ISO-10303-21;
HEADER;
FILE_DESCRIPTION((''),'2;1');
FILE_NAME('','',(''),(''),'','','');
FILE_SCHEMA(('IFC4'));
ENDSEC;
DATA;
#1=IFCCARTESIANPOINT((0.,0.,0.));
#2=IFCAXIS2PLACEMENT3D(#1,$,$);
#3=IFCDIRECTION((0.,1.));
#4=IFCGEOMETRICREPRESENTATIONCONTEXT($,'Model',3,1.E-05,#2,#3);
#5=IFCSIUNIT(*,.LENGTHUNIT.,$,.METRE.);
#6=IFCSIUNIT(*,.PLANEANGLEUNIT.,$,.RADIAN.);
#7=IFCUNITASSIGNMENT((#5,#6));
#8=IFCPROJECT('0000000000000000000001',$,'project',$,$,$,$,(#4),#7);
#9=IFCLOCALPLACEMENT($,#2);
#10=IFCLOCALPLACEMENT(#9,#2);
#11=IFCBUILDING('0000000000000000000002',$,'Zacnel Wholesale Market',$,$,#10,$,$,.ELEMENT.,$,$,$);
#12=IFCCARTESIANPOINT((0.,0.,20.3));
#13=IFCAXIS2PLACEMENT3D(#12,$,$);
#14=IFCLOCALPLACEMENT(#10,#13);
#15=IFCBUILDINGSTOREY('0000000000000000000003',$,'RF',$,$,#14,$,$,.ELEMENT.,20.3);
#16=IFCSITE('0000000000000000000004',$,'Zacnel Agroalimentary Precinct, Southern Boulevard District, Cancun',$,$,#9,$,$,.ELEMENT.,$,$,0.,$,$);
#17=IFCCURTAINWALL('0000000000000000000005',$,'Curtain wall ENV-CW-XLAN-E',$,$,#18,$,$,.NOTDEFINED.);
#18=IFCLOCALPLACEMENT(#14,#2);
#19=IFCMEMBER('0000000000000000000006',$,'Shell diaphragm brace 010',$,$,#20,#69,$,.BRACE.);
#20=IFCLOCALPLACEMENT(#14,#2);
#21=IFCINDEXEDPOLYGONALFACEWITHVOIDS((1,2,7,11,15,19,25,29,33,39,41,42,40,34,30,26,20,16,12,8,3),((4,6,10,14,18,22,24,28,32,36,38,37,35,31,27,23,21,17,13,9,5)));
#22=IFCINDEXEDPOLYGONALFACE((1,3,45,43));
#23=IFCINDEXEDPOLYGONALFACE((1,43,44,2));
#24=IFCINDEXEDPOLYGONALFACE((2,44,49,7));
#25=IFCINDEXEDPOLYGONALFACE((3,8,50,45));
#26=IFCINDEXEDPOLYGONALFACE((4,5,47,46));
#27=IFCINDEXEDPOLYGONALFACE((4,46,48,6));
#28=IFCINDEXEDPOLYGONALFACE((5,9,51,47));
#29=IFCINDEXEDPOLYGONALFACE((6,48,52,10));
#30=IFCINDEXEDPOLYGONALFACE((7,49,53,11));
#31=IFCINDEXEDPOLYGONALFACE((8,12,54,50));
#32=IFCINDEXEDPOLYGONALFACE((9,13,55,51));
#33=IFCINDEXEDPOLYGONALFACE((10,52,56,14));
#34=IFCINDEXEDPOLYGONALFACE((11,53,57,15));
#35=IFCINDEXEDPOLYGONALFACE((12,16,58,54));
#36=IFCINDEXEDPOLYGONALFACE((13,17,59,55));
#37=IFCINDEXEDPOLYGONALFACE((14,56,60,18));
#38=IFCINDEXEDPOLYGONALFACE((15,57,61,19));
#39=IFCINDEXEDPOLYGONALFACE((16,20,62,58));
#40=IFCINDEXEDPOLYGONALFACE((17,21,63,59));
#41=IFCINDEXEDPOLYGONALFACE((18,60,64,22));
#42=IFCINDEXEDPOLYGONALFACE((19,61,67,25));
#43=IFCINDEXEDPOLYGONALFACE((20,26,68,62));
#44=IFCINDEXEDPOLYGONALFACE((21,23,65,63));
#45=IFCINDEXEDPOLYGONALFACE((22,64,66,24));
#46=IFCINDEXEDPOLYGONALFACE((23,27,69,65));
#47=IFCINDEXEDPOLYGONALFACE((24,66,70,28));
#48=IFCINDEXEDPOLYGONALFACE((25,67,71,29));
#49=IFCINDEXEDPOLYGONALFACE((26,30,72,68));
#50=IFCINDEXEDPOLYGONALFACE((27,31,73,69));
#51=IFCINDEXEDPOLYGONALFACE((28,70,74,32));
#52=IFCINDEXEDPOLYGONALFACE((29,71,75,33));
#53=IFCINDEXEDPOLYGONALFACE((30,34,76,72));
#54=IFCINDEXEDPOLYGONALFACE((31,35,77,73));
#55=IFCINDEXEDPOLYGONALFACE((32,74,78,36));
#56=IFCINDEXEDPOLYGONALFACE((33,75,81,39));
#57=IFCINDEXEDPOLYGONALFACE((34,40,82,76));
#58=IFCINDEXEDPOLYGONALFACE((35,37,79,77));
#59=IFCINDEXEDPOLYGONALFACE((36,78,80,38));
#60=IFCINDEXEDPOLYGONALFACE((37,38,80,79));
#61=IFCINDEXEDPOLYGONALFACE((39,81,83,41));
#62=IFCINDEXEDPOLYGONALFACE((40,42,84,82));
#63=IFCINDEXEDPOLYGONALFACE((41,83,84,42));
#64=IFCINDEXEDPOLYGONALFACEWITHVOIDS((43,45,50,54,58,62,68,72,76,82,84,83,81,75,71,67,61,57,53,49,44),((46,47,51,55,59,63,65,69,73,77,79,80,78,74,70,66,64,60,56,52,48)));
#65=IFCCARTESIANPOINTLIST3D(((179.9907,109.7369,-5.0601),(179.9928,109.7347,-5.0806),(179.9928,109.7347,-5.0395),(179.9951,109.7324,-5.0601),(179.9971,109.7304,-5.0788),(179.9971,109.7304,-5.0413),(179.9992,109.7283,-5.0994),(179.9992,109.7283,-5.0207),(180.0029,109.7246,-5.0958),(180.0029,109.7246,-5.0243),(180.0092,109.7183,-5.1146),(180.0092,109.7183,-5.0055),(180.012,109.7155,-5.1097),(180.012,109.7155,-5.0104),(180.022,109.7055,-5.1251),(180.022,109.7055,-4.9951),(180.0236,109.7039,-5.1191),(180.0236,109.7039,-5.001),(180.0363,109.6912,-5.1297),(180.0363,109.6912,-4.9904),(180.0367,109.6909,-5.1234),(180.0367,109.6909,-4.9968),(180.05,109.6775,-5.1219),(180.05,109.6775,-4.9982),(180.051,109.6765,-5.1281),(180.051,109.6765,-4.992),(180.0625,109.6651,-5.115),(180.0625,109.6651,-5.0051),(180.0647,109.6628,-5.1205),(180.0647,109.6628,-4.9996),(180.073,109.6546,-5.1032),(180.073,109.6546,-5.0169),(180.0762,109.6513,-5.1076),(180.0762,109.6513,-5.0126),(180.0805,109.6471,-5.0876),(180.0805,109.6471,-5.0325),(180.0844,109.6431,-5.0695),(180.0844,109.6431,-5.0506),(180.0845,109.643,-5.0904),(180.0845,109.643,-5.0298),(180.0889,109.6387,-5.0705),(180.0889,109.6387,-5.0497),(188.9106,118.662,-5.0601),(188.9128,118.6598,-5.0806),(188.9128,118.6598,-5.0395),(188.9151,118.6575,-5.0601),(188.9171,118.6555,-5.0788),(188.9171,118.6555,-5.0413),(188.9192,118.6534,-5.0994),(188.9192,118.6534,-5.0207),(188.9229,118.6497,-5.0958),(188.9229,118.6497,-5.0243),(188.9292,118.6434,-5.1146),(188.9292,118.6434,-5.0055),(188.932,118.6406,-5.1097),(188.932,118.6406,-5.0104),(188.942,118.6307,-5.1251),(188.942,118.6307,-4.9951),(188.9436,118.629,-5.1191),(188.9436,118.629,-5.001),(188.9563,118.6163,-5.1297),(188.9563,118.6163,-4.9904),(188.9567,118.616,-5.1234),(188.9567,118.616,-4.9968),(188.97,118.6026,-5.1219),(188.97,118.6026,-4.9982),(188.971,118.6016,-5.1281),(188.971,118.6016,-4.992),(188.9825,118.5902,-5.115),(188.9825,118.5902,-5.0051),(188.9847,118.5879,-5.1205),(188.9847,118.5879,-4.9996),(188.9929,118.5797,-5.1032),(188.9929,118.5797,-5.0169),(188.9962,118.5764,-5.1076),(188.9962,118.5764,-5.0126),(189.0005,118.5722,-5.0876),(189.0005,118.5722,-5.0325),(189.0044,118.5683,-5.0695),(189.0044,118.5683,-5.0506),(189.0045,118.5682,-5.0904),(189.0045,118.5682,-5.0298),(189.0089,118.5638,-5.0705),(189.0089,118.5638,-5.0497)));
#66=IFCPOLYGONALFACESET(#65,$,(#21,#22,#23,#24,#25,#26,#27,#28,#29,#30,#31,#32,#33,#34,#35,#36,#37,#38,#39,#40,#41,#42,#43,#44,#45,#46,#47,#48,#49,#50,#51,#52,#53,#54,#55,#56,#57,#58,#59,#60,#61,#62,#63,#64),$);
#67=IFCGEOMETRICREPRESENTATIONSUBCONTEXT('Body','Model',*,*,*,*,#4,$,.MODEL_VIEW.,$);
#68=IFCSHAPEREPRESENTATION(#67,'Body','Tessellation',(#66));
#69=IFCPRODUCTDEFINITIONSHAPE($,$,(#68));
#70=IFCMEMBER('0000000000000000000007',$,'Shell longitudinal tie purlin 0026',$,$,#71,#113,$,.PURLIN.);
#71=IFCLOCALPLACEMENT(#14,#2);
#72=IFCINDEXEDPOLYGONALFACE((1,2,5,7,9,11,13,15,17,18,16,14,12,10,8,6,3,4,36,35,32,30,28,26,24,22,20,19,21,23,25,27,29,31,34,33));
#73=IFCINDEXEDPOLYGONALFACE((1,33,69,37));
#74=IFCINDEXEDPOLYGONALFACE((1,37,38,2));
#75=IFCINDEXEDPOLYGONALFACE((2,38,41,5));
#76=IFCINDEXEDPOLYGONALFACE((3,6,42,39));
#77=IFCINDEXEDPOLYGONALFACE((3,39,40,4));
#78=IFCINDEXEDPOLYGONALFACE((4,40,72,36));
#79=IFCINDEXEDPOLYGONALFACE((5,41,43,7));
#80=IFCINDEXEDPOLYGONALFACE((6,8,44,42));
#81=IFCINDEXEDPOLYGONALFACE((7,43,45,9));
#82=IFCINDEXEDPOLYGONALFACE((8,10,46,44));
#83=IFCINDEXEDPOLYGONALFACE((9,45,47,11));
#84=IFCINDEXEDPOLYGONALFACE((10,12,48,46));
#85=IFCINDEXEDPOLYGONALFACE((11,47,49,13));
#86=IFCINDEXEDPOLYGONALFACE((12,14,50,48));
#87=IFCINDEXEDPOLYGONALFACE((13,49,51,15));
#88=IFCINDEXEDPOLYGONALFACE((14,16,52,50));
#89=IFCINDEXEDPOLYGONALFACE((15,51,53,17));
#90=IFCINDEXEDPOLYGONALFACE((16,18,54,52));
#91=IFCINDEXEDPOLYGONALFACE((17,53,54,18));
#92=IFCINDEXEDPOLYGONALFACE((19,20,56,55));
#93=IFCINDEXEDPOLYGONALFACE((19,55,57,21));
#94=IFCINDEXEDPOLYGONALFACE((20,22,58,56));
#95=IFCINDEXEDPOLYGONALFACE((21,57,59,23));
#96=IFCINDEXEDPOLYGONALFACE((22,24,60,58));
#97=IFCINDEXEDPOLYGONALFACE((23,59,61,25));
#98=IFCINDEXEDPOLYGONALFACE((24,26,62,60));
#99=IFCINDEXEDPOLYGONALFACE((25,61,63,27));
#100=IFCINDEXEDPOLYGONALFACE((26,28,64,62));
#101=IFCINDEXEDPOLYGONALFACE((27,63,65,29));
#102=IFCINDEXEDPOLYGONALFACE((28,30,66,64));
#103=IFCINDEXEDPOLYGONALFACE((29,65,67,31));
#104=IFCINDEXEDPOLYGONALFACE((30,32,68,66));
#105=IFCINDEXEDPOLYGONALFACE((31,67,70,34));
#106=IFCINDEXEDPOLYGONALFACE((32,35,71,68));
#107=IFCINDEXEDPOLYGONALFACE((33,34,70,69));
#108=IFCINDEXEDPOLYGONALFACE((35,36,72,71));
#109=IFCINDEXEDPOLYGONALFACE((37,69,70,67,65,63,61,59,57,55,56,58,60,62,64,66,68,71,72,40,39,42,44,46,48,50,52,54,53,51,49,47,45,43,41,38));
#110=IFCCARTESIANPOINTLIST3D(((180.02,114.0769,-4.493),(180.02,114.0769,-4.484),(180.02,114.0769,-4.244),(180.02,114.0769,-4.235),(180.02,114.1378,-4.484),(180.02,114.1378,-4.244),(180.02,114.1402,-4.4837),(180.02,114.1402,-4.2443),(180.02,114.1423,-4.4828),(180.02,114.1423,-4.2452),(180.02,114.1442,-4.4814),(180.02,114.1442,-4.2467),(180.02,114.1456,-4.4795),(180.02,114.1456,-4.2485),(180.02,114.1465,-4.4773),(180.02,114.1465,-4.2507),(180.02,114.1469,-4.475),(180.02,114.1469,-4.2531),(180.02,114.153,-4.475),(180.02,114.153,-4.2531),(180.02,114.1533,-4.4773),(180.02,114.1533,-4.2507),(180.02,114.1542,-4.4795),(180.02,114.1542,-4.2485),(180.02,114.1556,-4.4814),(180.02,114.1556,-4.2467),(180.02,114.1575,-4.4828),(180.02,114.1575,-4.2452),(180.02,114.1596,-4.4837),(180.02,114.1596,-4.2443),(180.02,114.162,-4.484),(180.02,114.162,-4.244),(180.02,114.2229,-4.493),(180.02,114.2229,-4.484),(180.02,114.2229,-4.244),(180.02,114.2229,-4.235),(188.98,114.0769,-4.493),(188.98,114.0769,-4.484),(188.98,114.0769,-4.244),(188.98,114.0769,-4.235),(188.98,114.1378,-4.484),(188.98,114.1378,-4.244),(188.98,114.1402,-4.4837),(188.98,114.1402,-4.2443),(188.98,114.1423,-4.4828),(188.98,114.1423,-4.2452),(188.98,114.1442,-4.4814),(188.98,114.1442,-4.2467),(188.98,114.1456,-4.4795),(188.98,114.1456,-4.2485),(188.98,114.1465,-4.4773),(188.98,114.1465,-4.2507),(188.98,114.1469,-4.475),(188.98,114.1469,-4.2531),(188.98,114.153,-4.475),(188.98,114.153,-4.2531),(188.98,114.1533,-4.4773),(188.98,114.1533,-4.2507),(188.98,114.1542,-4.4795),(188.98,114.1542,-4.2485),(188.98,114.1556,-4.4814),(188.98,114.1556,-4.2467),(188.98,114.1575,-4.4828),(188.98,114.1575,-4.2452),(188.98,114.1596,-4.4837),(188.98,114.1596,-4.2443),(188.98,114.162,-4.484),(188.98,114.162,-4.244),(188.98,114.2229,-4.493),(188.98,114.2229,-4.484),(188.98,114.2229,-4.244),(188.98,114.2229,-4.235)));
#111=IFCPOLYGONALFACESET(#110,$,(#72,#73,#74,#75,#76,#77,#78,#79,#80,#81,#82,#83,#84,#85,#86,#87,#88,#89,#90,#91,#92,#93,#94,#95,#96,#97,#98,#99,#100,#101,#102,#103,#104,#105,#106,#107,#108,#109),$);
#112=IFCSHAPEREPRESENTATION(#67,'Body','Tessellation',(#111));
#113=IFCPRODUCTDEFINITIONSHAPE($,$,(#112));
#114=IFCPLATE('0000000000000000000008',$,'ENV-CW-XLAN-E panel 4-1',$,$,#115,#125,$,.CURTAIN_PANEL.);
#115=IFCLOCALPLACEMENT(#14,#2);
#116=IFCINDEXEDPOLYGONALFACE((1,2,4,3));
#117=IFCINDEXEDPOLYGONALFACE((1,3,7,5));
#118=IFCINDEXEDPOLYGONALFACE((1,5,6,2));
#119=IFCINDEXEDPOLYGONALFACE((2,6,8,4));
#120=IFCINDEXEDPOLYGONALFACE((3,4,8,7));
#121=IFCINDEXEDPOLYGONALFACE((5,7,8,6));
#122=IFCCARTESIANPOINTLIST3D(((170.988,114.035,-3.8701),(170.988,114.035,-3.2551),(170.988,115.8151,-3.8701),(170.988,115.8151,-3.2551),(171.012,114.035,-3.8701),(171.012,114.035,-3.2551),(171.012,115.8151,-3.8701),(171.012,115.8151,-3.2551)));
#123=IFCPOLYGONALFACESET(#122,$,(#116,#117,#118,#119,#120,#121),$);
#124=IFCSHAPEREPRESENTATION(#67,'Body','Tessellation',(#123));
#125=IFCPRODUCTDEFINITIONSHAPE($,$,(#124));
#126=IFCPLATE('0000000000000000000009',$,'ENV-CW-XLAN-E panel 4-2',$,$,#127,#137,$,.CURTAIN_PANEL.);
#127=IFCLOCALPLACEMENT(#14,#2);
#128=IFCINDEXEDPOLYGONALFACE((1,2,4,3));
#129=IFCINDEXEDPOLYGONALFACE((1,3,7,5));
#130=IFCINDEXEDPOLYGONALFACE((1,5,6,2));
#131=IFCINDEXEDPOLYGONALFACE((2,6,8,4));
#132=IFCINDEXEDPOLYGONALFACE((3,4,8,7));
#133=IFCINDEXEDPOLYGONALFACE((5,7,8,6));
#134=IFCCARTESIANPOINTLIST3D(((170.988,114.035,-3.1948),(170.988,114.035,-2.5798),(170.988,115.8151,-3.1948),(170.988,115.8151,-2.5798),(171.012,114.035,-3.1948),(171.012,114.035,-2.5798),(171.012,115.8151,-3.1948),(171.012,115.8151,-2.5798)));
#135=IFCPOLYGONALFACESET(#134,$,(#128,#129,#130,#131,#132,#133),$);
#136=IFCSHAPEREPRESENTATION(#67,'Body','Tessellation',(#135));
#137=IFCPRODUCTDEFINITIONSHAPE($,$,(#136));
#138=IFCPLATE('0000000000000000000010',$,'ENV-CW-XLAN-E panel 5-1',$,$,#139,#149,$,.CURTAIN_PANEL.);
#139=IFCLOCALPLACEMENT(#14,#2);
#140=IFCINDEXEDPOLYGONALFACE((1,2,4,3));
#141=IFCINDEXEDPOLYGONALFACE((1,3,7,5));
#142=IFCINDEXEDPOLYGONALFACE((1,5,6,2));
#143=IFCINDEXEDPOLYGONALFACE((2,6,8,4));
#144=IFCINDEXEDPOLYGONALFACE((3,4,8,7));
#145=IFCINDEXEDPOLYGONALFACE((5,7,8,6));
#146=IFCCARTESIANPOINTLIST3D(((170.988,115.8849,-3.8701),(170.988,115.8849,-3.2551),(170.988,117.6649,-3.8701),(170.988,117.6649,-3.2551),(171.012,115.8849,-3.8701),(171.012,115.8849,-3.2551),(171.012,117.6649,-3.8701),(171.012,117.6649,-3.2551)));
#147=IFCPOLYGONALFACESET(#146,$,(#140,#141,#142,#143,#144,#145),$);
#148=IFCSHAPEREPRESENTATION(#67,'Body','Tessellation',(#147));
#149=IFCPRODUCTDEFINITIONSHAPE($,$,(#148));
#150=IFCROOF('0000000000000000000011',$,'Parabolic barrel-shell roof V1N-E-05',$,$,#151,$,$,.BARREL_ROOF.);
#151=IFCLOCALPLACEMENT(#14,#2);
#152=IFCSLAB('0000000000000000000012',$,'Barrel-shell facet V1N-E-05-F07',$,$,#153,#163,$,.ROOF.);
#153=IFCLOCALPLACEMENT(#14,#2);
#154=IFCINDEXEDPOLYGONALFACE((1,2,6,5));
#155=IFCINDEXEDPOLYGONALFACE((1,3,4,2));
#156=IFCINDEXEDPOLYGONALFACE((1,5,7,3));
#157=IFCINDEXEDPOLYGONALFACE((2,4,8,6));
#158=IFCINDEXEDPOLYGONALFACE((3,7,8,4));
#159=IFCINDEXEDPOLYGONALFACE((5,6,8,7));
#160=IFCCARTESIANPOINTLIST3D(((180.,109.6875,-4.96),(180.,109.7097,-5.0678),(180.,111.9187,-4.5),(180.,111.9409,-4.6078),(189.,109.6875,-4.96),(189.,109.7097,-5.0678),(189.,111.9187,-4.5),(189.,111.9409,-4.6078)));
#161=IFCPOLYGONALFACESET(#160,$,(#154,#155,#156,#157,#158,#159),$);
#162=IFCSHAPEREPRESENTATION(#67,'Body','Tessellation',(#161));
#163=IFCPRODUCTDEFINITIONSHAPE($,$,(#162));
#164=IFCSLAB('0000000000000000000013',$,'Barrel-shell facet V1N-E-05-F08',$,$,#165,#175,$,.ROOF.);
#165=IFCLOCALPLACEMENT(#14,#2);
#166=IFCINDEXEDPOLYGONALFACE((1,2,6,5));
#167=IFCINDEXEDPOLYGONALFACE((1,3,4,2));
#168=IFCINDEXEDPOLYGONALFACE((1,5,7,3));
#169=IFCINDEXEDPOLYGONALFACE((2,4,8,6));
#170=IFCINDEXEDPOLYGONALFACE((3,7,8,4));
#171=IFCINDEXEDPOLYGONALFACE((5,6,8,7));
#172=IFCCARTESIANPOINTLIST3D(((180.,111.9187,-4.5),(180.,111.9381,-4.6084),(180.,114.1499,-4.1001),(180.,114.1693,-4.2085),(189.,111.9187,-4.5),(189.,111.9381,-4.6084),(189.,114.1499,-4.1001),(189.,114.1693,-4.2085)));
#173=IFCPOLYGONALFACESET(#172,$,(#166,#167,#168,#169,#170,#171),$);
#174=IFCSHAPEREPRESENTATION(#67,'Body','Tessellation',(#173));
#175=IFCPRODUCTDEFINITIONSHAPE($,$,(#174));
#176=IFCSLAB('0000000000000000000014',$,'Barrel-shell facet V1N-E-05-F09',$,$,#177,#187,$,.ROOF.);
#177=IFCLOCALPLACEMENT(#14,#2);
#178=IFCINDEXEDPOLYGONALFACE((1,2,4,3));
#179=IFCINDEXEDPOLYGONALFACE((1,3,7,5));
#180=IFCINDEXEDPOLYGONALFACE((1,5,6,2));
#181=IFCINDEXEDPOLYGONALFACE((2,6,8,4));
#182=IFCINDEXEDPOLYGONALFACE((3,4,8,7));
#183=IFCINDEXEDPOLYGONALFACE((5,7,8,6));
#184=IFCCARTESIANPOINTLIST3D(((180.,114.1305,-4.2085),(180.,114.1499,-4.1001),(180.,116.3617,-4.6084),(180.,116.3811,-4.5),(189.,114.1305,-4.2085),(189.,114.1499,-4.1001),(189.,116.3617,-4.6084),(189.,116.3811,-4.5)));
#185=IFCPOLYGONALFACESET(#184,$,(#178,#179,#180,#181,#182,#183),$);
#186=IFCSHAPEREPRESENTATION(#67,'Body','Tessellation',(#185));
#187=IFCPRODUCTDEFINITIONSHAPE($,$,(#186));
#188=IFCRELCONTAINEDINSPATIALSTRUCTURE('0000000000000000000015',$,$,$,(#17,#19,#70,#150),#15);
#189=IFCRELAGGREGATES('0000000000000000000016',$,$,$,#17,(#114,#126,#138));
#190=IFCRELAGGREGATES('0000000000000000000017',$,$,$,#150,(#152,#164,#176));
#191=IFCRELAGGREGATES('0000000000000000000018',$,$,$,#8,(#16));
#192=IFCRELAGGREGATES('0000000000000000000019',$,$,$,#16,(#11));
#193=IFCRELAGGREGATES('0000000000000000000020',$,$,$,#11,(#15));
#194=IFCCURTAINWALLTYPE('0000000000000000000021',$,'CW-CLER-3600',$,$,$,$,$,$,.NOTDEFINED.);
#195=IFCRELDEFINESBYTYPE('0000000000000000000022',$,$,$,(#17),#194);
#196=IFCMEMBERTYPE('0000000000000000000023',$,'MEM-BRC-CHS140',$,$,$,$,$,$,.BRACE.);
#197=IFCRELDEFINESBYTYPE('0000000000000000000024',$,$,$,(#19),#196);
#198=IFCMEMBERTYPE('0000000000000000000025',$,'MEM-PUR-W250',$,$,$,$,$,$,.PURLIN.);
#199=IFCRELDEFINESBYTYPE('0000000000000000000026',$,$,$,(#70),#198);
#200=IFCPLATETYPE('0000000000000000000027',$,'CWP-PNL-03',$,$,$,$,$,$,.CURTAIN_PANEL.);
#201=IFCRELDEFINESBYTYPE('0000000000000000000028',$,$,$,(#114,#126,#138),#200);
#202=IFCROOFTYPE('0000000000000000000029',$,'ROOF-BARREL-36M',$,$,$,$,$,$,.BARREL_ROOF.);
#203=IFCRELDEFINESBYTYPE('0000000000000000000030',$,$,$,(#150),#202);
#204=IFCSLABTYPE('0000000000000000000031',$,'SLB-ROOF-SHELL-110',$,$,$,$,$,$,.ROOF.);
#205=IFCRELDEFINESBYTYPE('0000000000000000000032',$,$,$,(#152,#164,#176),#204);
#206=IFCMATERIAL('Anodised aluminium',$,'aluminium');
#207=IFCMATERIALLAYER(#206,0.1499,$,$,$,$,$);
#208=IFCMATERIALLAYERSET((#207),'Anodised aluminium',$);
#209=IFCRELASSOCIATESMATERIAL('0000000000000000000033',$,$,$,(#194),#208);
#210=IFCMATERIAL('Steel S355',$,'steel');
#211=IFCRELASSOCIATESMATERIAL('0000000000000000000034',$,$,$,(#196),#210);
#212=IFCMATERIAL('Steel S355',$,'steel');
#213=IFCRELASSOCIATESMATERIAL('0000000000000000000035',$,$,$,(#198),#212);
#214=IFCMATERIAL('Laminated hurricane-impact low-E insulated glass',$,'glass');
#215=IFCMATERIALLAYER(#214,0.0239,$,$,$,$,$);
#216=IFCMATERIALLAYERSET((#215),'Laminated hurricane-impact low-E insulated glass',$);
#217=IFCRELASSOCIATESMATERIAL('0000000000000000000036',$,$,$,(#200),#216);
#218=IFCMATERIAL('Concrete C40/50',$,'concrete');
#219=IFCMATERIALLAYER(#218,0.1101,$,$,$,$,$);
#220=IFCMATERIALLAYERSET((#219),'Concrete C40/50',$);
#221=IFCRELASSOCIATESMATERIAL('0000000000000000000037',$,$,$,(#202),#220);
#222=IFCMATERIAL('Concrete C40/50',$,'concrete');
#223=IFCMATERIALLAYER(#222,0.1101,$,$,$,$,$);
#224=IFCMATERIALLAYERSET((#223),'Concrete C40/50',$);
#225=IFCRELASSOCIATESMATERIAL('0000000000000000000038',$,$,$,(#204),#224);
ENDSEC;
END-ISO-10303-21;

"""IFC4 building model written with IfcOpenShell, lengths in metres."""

from ifc_helpers import new_model, si_unit, direction, frame, origin, origin_2d, place, context, subcontext, project, spatial, polyline, rectangle, hollow_circle, i_section, outline, extrude, material, layer, layer_set, material_profile, profile_set, type_object, element, aggregate, save


model = new_model("IFC4")

# Units and contexts
model_context = context("Model", 3, precision=1e-05, world=origin(), true_north=direction((0.0, 1.0)))
body_context = subcontext(model_context, "Body", "Model", "MODEL_VIEW")
ifc_project = project(units=[si_unit("LENGTHUNIT", "METRE"), si_unit("PLANEANGLEUNIT", "RADIAN")], contexts=[model_context])

# Site, building, storey
site_placement = place(None, origin())
site = spatial("IfcSite", under=ifc_project, at=site_placement, Name="Zacnel Agroalimentary Precinct, Southern Boulevard District, Cancun", CompositionType="ELEMENT", RefElevation=0.0)
building_placement = place(site_placement, origin())
building = spatial("IfcBuilding", under=site, at=building_placement, Name="Zacnel Wholesale Market", CompositionType="ELEMENT")
storey_placement = place(building_placement, frame((0.0, 0.0, 20.3)))
storey = spatial("IfcBuildingStorey", under=building, at=storey_placement, Name="RF", CompositionType="ELEMENT", Elevation=20.3)

# Curtain wall
ifc_material_1 = material(Name="Anodised aluminium", Category="aluminium")
ifc_layer_1 = layer(ifc_material_1, 0.1499)
ifc_layer_set_1 = layer_set([ifc_layer_1], Name="Anodised aluminium")
curtain_wall_type = type_object("IfcCurtainWallType", Name="CW-CLER-3600", PredefinedType="NOTDEFINED", material=ifc_layer_set_1)
curtain_wall_placement = place(storey_placement, origin())
curtain_wall = element("IfcCurtainWall", 1, at=curtain_wall_placement, inside=storey, type_object=curtain_wall_type, Name="Curtain wall ENV-CW-XLAN-E", PredefinedType="NOTDEFINED")

# Members
ifc_material_2 = material(Name="Steel S355", Category="steel")
ifc_material_profile_1 = material_profile(ifc_material_2, hollow_circle(Radius=0.0698, WallThickness=0.0063, at=origin_2d()), Name="CHS 139.7x6.3")
ifc_profile_set_1 = profile_set([ifc_material_profile_1], Name="Steel S355")
member_type_1 = type_object("IfcMemberType", Name="MEM-BRC-CHS140", PredefinedType="BRACE", material=ifc_profile_set_1)
member_1_placement = place(storey_placement, frame((180.04, 109.6875, -5.0601), z_axis=(0.706904, 0.70731, 0.0), x_axis=(-0.70731, 0.706904, 0.0)))
element("IfcMember", 2, at=member_1_placement, inside=storey, type_object=member_type_1, Name="Shell diaphragm brace 010", PredefinedType="BRACE", context=body_context, shape_type="SweptSolid", body=[
    extrude(hollow_circle(Radius=0.0698, WallThickness=0.0063, at=origin_2d()), origin(), (0.0, 0.0, 1.0), 12.6184),
])
ifc_material_3 = material(Name="Steel S355", Category="steel")
ifc_material_profile_2 = material_profile(ifc_material_3, i_section(OverallWidth=0.146, OverallDepth=0.2581, WebThickness=0.0061, FlangeThickness=0.009, FilletRadius=0.009, at=origin_2d()), Name="W250X32.7")
ifc_profile_set_2 = profile_set([ifc_material_profile_2], Name="Steel S355")
member_type_2 = type_object("IfcMemberType", Name="MEM-PUR-W250", PredefinedType="PURLIN", material=ifc_profile_set_2)
member_2_placement = place(storey_placement, frame((180.02, 114.1499, -4.364), z_axis=(1.0, 0.0, 0.0), x_axis=(0.0, 1.0, 0.0)))
element("IfcMember", 3, at=member_2_placement, inside=storey, type_object=member_type_2, Name="Shell longitudinal tie purlin 0026", PredefinedType="PURLIN", context=body_context, shape_type="SweptSolid", body=[
    extrude(i_section(OverallWidth=0.146, OverallDepth=0.2581, WebThickness=0.0061, FlangeThickness=0.009, FilletRadius=0.009, at=origin_2d()), origin(), (0.0, 0.0, 1.0), 8.96),
])

# Plates
ifc_material_4 = material(Name="Laminated hurricane-impact low-E insulated glass", Category="glass")
ifc_layer_2 = layer(ifc_material_4, 0.0239)
ifc_layer_set_2 = layer_set([ifc_layer_2], Name="Laminated hurricane-impact low-E insulated glass")
plate_type = type_object("IfcPlateType", Name="CWP-PNL-03", PredefinedType="CURTAIN_PANEL", material=ifc_layer_set_2)
plate_1_placement = place(storey_placement, frame((171.0, 114.925, -3.8701), z_axis=(0.0, 0.0, 1.0), x_axis=(0.0, 1.0, 0.0)))
plate_1 = element("IfcPlate", 4, at=plate_1_placement, type_object=plate_type, Name="ENV-CW-XLAN-E panel 4-1", PredefinedType="CURTAIN_PANEL", context=body_context, shape_type="SweptSolid", body=[
    extrude(rectangle(XDim=1.78, YDim=0.0239, at=origin_2d()), origin(), (0.0, 0.0, 1.0), 0.615),
])
plate_2_placement = place(storey_placement, frame((171.0, 114.925, -3.1948), z_axis=(0.0, 0.0, 1.0), x_axis=(0.0, 1.0, 0.0)))
plate_2 = element("IfcPlate", 5, at=plate_2_placement, type_object=plate_type, Name="ENV-CW-XLAN-E panel 4-2", PredefinedType="CURTAIN_PANEL", context=body_context, shape_type="SweptSolid", body=[
    extrude(rectangle(XDim=1.78, YDim=0.0239, at=origin_2d()), origin(), (0.0, 0.0, 1.0), 0.615),
])
plate_3_placement = place(storey_placement, frame((171.0, 116.7749, -3.8701), z_axis=(0.0, 0.0, 1.0), x_axis=(0.0, 1.0, 0.0)))
plate_3 = element("IfcPlate", 6, at=plate_3_placement, type_object=plate_type, Name="ENV-CW-XLAN-E panel 5-1", PredefinedType="CURTAIN_PANEL", context=body_context, shape_type="SweptSolid", body=[
    extrude(rectangle(XDim=1.78, YDim=0.0239, at=origin_2d()), origin(), (0.0, 0.0, 1.0), 0.615),
])
aggregate(curtain_wall, [plate_1, plate_2, plate_3])

# Roof, slabs
ifc_material_5 = material(Name="Concrete C40/50", Category="concrete")
ifc_layer_3 = layer(ifc_material_5, 0.1101)
ifc_layer_set_3 = layer_set([ifc_layer_3], Name="Concrete C40/50")
roof_type = type_object("IfcRoofType", Name="ROOF-BARREL-36M", PredefinedType="BARREL_ROOF", material=ifc_layer_set_3)
roof_placement = place(storey_placement, origin())
roof = element("IfcRoof", 7, at=roof_placement, inside=storey, type_object=roof_type, Name="Parabolic barrel-shell roof V1N-E-05", PredefinedType="BARREL_ROOF")
ifc_material_6 = material(Name="Concrete C40/50", Category="concrete")
ifc_layer_4 = layer(ifc_material_6, 0.1101)
ifc_layer_set_4 = layer_set([ifc_layer_4], Name="Concrete C40/50")
slab_type = type_object("IfcSlabType", Name="SLB-ROOF-SHELL-110", PredefinedType="ROOF", material=ifc_layer_set_4)
slab_1_placement = place(storey_placement, frame((180.0, 109.6875, -4.96), z_axis=(0.0, -0.201904, 0.979405), x_axis=(1.0, 0.0, 0.0)))
slab_1 = element("IfcSlab", 8, at=slab_1_placement, type_object=slab_type, Name="Barrel-shell facet V1N-E-05-F07", PredefinedType="ROOF", context=body_context, shape_type="SweptSolid", body=[
    extrude(outline(polyline([(0.0, 0.0), (9.0, 0.0), (9.0, 2.2781), (0.0, 2.2781), (0.0, 0.0)])), origin(), (0.0, 0.0, -1.0), 0.1101),
])
slab_2_placement = place(storey_placement, frame((180.0, 111.9187, -4.5), z_axis=(0.0, -0.176421, 0.984315), x_axis=(1.0, 0.0, 0.0)))
slab_2 = element("IfcSlab", 9, at=slab_2_placement, type_object=slab_type, Name="Barrel-shell facet V1N-E-05-F08", PredefinedType="ROOF", context=body_context, shape_type="SweptSolid", body=[
    extrude(outline(polyline([(0.0, 0.0), (9.0, 0.0), (9.0, 2.2668), (0.0, 2.2668), (0.0, 0.0)])), origin(), (0.0, 0.0, -1.0), 0.1101),
])
slab_3_placement = place(storey_placement, frame((180.0, 114.1499, -4.1001), z_axis=(0.0, 0.176421, 0.984315), x_axis=(1.0, 0.0, 0.0)))
slab_3 = element("IfcSlab", 10, at=slab_3_placement, type_object=slab_type, Name="Barrel-shell facet V1N-E-05-F09", PredefinedType="ROOF", context=body_context, shape_type="SweptSolid", body=[
    extrude(outline(polyline([(0.0, 0.0), (9.0, 0.0), (9.0, 2.2668), (0.0, 2.2668), (0.0, 0.0)])), origin(), (0.0, 0.0, -1.0), 0.1101),
])
aggregate(roof, [slab_1, slab_2, slab_3])

save(model, "model.ifc")
